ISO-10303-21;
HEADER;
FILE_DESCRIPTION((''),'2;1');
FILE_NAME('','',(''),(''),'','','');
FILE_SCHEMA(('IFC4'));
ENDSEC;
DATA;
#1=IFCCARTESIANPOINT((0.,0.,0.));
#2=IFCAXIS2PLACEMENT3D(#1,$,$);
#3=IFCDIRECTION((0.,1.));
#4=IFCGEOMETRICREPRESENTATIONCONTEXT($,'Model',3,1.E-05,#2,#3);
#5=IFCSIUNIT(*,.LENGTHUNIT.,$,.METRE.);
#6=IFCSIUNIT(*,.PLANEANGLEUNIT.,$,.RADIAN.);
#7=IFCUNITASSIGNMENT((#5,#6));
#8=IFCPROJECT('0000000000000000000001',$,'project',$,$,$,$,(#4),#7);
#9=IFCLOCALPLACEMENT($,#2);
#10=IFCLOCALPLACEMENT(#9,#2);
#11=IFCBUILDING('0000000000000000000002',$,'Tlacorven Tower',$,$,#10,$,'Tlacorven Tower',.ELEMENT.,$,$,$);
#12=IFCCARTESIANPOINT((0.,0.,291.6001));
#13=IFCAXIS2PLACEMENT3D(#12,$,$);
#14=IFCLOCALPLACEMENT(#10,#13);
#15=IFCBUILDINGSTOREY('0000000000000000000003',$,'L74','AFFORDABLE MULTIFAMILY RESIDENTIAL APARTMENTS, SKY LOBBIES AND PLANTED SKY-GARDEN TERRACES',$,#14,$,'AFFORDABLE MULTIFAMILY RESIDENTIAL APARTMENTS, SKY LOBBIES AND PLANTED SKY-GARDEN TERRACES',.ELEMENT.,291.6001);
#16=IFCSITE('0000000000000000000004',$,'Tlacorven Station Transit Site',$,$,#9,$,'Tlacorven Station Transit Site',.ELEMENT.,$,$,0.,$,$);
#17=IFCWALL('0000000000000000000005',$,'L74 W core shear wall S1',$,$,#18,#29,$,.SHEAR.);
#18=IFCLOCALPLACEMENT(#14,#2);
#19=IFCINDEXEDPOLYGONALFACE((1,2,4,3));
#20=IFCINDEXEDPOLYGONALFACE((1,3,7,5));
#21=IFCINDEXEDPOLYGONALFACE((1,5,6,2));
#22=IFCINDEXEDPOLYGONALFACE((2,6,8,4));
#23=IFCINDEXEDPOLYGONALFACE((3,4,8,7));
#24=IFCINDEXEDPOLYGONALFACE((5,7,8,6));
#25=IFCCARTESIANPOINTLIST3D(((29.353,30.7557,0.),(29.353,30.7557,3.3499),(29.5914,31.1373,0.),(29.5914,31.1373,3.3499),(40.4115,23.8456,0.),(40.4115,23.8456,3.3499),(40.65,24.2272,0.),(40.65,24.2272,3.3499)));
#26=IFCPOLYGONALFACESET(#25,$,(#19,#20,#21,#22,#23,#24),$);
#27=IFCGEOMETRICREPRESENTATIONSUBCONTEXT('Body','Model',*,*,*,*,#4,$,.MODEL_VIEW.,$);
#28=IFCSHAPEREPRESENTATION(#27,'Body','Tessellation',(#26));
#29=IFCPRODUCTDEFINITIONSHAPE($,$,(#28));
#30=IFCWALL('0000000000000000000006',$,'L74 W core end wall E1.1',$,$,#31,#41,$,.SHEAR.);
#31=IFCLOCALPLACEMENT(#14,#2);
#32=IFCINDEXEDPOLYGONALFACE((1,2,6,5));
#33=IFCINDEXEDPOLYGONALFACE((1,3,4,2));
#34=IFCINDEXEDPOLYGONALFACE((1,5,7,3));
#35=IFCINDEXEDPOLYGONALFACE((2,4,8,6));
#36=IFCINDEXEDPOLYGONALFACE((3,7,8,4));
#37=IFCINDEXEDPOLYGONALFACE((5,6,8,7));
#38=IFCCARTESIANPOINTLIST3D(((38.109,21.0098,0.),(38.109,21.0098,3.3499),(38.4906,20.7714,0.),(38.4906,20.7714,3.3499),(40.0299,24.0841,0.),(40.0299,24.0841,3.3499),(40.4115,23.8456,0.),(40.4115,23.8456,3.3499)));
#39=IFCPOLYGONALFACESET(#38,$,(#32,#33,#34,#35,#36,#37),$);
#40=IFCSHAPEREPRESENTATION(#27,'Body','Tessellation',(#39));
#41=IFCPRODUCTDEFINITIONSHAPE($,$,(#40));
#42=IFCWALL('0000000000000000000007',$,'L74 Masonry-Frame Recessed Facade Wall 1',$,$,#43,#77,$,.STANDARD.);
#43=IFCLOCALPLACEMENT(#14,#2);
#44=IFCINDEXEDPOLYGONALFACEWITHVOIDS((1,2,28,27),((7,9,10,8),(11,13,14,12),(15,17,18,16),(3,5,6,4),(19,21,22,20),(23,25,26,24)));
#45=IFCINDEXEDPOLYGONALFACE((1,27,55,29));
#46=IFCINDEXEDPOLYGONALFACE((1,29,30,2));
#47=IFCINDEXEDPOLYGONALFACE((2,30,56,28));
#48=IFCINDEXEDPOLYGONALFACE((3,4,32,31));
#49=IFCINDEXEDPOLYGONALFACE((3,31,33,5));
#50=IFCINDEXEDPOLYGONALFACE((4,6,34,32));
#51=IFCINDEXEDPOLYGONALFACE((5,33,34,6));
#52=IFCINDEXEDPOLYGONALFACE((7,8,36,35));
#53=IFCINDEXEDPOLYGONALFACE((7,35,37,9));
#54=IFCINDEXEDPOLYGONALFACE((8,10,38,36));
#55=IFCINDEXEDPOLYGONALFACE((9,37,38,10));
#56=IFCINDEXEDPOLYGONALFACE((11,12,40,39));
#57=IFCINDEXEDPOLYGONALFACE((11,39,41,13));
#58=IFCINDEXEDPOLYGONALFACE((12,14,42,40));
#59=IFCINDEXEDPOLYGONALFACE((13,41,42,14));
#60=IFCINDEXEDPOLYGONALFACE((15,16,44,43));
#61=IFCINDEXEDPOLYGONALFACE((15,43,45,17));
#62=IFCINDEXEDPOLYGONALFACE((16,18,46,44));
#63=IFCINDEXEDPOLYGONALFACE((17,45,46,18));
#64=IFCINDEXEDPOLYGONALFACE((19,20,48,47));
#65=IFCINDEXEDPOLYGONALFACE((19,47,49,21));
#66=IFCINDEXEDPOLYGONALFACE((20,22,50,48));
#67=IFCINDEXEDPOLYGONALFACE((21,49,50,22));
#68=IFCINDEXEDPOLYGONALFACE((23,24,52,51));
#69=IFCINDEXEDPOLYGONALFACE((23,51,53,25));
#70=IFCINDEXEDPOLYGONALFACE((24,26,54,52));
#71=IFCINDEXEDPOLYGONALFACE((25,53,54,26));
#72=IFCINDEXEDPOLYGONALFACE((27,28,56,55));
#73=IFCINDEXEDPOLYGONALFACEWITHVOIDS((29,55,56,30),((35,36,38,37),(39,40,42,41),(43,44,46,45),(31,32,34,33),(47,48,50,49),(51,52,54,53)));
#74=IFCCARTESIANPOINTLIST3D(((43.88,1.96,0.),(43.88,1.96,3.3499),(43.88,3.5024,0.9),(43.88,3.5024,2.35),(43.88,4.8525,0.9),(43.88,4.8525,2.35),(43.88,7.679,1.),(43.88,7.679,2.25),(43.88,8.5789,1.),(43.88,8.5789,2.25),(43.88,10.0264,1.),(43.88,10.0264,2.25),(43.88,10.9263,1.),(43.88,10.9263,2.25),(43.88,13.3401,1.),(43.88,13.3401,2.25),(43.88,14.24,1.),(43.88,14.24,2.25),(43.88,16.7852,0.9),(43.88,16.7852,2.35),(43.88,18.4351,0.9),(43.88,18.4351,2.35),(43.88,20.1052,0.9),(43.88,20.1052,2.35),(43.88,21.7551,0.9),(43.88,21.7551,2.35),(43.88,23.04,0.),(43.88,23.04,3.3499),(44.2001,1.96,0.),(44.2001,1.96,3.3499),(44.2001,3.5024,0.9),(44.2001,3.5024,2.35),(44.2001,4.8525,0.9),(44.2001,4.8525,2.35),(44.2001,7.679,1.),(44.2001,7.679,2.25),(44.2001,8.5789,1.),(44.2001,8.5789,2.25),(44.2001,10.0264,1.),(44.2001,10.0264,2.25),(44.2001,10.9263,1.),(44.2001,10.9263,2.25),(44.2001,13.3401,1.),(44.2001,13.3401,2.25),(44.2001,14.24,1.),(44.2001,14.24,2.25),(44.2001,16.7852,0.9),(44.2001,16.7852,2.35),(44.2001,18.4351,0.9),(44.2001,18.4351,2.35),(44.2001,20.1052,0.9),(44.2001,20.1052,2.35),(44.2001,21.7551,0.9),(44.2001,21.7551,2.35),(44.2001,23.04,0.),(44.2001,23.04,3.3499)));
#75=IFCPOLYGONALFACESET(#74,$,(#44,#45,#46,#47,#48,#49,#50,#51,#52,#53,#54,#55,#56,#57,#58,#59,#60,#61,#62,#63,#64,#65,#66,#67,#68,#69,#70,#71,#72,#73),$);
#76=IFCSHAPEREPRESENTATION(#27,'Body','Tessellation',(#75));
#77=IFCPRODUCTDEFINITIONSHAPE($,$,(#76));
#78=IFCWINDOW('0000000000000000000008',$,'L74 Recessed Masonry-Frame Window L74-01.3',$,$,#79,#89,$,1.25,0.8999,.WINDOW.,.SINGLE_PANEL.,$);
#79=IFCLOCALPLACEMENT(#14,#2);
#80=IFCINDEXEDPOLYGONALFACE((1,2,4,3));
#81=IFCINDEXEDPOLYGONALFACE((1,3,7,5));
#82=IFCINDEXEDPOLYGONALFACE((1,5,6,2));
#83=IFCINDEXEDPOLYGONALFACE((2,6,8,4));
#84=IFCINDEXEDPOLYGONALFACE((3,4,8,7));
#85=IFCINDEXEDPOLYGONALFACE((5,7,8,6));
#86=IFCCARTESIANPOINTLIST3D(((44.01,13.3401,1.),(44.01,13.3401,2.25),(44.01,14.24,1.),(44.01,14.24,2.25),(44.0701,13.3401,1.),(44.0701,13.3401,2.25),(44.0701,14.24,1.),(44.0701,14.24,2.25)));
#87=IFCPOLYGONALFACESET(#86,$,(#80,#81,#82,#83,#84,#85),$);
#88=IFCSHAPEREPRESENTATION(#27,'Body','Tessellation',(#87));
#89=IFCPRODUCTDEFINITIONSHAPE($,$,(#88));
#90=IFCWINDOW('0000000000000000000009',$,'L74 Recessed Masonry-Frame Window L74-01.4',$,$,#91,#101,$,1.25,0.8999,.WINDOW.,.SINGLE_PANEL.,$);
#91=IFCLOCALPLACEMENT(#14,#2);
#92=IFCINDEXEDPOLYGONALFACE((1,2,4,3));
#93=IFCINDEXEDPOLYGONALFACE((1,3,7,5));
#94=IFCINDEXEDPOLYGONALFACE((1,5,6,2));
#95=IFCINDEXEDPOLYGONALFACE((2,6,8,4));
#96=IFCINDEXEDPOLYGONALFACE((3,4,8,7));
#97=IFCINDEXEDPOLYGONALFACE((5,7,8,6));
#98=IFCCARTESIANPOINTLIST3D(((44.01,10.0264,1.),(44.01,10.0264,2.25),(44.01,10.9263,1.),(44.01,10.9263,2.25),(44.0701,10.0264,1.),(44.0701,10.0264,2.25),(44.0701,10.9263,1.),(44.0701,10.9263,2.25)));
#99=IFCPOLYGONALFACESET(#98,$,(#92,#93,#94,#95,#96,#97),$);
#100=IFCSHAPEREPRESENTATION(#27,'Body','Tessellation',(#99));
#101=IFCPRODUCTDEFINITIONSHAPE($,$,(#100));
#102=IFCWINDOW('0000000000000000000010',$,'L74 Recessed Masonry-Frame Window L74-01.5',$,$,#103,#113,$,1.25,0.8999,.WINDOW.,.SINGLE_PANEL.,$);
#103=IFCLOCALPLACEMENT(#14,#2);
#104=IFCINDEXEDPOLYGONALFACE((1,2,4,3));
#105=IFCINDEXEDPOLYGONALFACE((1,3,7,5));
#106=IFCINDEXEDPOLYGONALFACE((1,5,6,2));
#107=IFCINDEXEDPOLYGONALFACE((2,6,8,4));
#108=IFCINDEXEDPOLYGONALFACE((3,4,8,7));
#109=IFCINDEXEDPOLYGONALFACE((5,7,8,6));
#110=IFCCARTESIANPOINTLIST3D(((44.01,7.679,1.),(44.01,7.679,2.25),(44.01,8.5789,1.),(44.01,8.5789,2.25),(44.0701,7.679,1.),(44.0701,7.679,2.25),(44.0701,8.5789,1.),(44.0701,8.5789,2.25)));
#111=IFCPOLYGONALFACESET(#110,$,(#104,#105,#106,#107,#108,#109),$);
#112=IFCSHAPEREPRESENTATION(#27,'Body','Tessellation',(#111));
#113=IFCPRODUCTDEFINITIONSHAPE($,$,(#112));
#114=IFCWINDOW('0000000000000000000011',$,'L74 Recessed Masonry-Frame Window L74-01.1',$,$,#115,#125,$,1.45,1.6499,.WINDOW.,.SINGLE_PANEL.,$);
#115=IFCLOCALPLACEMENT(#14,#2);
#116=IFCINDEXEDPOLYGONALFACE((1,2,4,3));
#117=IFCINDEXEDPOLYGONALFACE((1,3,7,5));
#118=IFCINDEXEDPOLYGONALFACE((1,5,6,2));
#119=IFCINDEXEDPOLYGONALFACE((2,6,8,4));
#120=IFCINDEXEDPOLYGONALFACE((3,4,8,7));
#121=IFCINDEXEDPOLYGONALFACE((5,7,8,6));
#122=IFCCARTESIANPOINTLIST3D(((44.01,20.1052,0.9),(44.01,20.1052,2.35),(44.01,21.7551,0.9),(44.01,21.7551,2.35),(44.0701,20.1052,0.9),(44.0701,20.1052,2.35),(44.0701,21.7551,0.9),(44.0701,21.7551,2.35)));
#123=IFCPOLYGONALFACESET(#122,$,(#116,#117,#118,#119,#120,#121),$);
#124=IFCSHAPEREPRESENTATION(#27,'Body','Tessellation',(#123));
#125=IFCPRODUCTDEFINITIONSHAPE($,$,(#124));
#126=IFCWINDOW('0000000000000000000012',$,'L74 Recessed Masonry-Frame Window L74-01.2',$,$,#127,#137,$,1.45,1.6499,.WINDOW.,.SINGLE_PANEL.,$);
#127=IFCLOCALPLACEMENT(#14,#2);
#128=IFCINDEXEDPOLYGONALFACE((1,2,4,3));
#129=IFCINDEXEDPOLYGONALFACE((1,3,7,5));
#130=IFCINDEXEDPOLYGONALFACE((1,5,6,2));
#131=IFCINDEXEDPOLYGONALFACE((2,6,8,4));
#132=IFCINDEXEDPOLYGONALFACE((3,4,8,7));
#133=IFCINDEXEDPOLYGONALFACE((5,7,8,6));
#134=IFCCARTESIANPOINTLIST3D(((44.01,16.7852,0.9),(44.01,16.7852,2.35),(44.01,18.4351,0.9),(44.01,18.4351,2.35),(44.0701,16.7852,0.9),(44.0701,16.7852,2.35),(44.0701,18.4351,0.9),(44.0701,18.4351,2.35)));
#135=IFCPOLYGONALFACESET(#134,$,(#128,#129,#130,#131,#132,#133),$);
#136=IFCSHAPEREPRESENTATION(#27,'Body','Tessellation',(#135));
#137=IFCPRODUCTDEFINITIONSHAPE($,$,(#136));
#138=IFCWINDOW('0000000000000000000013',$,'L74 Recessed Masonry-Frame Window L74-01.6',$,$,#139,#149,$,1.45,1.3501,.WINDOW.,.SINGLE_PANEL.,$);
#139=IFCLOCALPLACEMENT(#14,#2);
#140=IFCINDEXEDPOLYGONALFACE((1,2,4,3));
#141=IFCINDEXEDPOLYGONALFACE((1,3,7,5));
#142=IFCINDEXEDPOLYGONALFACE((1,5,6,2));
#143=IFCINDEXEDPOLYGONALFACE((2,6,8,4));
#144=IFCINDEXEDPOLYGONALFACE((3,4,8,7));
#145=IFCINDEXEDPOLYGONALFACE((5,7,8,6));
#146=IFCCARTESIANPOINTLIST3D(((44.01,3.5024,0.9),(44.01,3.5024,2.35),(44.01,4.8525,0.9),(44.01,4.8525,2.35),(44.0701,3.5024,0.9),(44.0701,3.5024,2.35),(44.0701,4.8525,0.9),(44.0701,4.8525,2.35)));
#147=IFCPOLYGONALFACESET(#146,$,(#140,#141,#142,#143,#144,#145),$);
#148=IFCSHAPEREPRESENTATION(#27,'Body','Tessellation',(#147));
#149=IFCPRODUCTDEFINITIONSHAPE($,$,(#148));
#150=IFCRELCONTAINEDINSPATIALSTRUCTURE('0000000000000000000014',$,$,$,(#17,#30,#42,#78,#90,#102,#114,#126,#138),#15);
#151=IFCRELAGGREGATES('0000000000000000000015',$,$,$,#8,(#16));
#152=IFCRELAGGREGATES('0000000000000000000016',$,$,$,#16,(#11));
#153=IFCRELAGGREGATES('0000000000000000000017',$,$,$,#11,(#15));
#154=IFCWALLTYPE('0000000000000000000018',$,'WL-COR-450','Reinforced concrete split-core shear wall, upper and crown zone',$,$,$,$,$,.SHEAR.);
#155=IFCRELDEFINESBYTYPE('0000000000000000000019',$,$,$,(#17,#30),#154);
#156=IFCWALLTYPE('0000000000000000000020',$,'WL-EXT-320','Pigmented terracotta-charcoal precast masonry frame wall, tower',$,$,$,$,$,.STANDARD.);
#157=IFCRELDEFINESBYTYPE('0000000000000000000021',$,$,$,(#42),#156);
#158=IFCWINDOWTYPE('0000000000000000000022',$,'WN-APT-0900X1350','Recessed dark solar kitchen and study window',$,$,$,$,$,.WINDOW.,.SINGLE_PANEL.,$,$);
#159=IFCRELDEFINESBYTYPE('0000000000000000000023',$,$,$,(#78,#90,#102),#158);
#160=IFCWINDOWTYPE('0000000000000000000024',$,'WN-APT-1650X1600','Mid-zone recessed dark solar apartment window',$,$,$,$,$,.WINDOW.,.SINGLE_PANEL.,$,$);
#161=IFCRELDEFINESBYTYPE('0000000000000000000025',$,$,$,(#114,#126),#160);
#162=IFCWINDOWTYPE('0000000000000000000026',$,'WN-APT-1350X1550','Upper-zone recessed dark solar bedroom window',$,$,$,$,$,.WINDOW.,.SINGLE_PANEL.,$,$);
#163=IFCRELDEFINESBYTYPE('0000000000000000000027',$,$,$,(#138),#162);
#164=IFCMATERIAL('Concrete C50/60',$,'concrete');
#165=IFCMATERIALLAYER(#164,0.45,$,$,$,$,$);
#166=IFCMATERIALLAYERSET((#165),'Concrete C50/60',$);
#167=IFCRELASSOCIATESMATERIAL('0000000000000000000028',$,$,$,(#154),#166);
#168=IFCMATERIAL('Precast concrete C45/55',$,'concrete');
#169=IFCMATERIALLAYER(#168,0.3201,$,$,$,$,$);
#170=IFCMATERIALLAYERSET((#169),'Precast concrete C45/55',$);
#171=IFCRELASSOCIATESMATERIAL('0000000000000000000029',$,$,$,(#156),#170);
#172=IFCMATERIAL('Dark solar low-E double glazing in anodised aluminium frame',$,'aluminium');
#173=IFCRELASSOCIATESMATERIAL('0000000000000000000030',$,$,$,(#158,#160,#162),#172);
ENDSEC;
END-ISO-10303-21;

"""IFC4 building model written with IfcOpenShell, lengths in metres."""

from ifc_helpers import new_model, si_unit, direction, frame, frame_2d, origin, place, context, subcontext, project, spatial, rectangle, extrude, source, transform, mapped, material, layer, layer_set, type_object, element, fill, save


model = new_model("IFC4")

# Units and contexts
model_context = context("Model", 3, precision=1e-05, world=origin(), true_north=direction((0.0, 1.0)))
body_context = subcontext(model_context, "Body", "Model", "MODEL_VIEW")
ifc_project = project(units=[si_unit("LENGTHUNIT", "METRE"), si_unit("PLANEANGLEUNIT", "RADIAN")], contexts=[model_context])

# Site, building, storey
site_placement = place(None, origin())
site = spatial("IfcSite", under=ifc_project, at=site_placement, Name="Tlacorven Station Transit Site", LongName="Tlacorven Station Transit Site", CompositionType="ELEMENT", RefElevation=0.0)
building_placement = place(site_placement, origin())
building = spatial("IfcBuilding", under=site, at=building_placement, Name="Tlacorven Tower", LongName="Tlacorven Tower", CompositionType="ELEMENT")
storey_placement = place(building_placement, frame((0.0, 0.0, 291.6001)))
storey = spatial("IfcBuildingStorey", under=building, at=storey_placement, Name="L74", Description="AFFORDABLE MULTIFAMILY RESIDENTIAL APARTMENTS, SKY LOBBIES AND PLANTED SKY-GARDEN TERRACES", LongName="AFFORDABLE MULTIFAMILY RESIDENTIAL APARTMENTS, SKY LOBBIES AND PLANTED SKY-GARDEN TERRACES", CompositionType="ELEMENT", Elevation=291.6001)

# Walls
ifc_material_1 = material(Name="Concrete C50/60", Category="concrete")
ifc_layer_1 = layer(ifc_material_1, 0.45)
ifc_layer_set_1 = layer_set([ifc_layer_1], Name="Concrete C50/60")
wall_type_1 = type_object("IfcWallType", Name="WL-COR-450", Description="Reinforced concrete split-core shear wall, upper and crown zone", PredefinedType="SHEAR", material=ifc_layer_set_1)
wall_1_placement = place(storey_placement, frame((40.5308, 24.0364, 0.0), z_axis=(0.0, 0.0, 1.0), x_axis=(-0.848049, 0.529918, 0.0)))
element("IfcWall", 1, at=wall_1_placement, inside=storey, type_object=wall_type_1, Name="L74 W core shear wall S1", PredefinedType="SHEAR", context=body_context, shape_type="SweptSolid", body=[
    extrude(rectangle(XDim=13.04, YDim=0.45, at=frame_2d((6.52, 0.0))), origin(), (0.0, 0.0, 1.0), 3.3499),
])
wall_2_placement = place(storey_placement, frame((40.2207, 23.9648, 0.0), z_axis=(0.0, 0.0, 1.0), x_axis=(-0.529902, -0.848059, 0.0)))
element("IfcWall", 2, at=wall_2_placement, inside=storey, type_object=wall_type_1, Name="L74 W core end wall E1.1", PredefinedType="SHEAR", context=body_context, shape_type="SweptSolid", body=[
    extrude(rectangle(XDim=3.625, YDim=0.45, at=frame_2d((1.8125, 0.0))), origin(), (0.0, 0.0, 1.0), 3.3499),
])

# Wall, openings, windows
ifc_material_2 = material(Name="Precast concrete C45/55", Category="concrete")
ifc_layer_2 = layer(ifc_material_2, 0.3201)
ifc_layer_set_2 = layer_set([ifc_layer_2], Name="Precast concrete C45/55")
wall_type_2 = type_object("IfcWallType", Name="WL-EXT-320", Description="Pigmented terracotta-charcoal precast masonry frame wall, tower", PredefinedType="STANDARD", material=ifc_layer_set_2)
wall_3_placement = place(storey_placement, frame((44.04, 23.04, 0.0), z_axis=(0.0, 0.0, 1.0), x_axis=(0.0, -1.0, 0.0)))
wall_3 = element("IfcWall", 3, at=wall_3_placement, inside=storey, type_object=wall_type_2, Name="L74 Masonry-Frame Recessed Facade Wall 1", PredefinedType="STANDARD", context=body_context, shape_type="SweptSolid", body=[
    extrude(rectangle(XDim=21.0801, YDim=0.3201, at=frame_2d((10.54, 0.0))), origin(), (0.0, 0.0, 1.0), 3.3499),
])
opening_1_placement = place(wall_3_placement, frame((1.2849, 0.0, 0.8999)))
opening_1 = element("IfcOpeningElement", 4, at=opening_1_placement, cuts=wall_3, PredefinedType="OPENING", context=body_context, shape_type="SweptSolid", body=[
    extrude(rectangle(XDim=1.6499, YDim=1.45, at=frame_2d((0.825, 0.7251))), frame((0.0, 0.1699, 0.0), z_axis=(0.0, -1.0, 0.0), x_axis=(1.0, 0.0, 0.0)), (0.0, 0.0, 1.0), 0.3401),
])
opening_2_placement = place(wall_3_placement, frame((4.605, 0.0, 0.8999)))
opening_2 = element("IfcOpeningElement", 5, at=opening_2_placement, cuts=wall_3, PredefinedType="OPENING", context=body_context, shape_type="SweptSolid", body=[
    extrude(rectangle(XDim=1.6499, YDim=1.45, at=frame_2d((0.825, 0.7251))), frame((0.0, 0.1699, 0.0), z_axis=(0.0, -1.0, 0.0), x_axis=(1.0, 0.0, 0.0)), (0.0, 0.0, 1.0), 0.3401),
])
opening_3_placement = place(wall_3_placement, frame((8.8, 0.0, 1.0)))
opening_3 = element("IfcOpeningElement", 6, at=opening_3_placement, cuts=wall_3, PredefinedType="OPENING", context=body_context, shape_type="SweptSolid", body=[
    extrude(rectangle(XDim=0.8999, YDim=1.25, at=frame_2d((0.45, 0.625))), frame((0.0, 0.1699, 0.0), z_axis=(0.0, -1.0, 0.0), x_axis=(1.0, 0.0, 0.0)), (0.0, 0.0, 1.0), 0.3401),
])
opening_4_placement = place(wall_3_placement, frame((12.1138, 0.0, 1.0)))
opening_4 = element("IfcOpeningElement", 7, at=opening_4_placement, cuts=wall_3, PredefinedType="OPENING", context=body_context, shape_type="SweptSolid", body=[
    extrude(rectangle(XDim=0.8999, YDim=1.25, at=frame_2d((0.45, 0.625))), frame((0.0, 0.1699, 0.0), z_axis=(0.0, -1.0, 0.0), x_axis=(1.0, 0.0, 0.0)), (0.0, 0.0, 1.0), 0.3401),
])
opening_5_placement = place(wall_3_placement, frame((14.4612, 0.0, 1.0)))
opening_5 = element("IfcOpeningElement", 8, at=opening_5_placement, cuts=wall_3, PredefinedType="OPENING", context=body_context, shape_type="SweptSolid", body=[
    extrude(rectangle(XDim=0.8999, YDim=1.25, at=frame_2d((0.45, 0.625))), frame((0.0, 0.1699, 0.0), z_axis=(0.0, -1.0, 0.0), x_axis=(1.0, 0.0, 0.0)), (0.0, 0.0, 1.0), 0.3401),
])
opening_6_placement = place(wall_3_placement, frame((18.1875, 0.0, 0.8999)))
opening_6 = element("IfcOpeningElement", 9, at=opening_6_placement, cuts=wall_3, PredefinedType="OPENING", context=body_context, shape_type="SweptSolid", body=[
    extrude(rectangle(XDim=1.3501, YDim=1.45, at=frame_2d((0.675, 0.7251))), frame((0.0, 0.1699, 0.0), z_axis=(0.0, -1.0, 0.0), x_axis=(1.0, 0.0, 0.0)), (0.0, 0.0, 1.0), 0.3401),
])
ifc_material_3 = material(Name="Dark solar low-E double glazing in anodised aluminium frame", Category="aluminium")
window_type_1 = type_object("IfcWindowType", Name="WN-APT-0900X1350", Description="Recessed dark solar kitchen and study window", PartitioningType="SINGLE_PANEL", PredefinedType="WINDOW", material=ifc_material_3)
shared_shape_1 = source(origin(), body_context, "Body", "SweptSolid", [
    extrude(rectangle(XDim=0.8999, YDim=1.25, at=frame_2d((0.45, 0.625))), frame((0.0, 0.03, 0.0), z_axis=(0.0, -1.0, 0.0), x_axis=(1.0, 0.0, 0.0)), (0.0, 0.0, 1.0), 0.0601),
])
window_1_placement = place(opening_3_placement, origin())
window_1 = element("IfcWindow", 10, at=window_1_placement, inside=storey, type_object=window_type_1, Name="L74 Recessed Masonry-Frame Window L74-01.3", OverallHeight=1.25, OverallWidth=0.8999, PartitioningType="SINGLE_PANEL", PredefinedType="WINDOW", context=body_context, shape_type="MappedRepresentation", body=[
    mapped(shared_shape_1, transform((0.0, 0.0, 0.0), scale=1.0)),
])
fill(opening_3, window_1)
window_2_placement = place(opening_4_placement, origin())
window_2 = element("IfcWindow", 11, at=window_2_placement, inside=storey, type_object=window_type_1, Name="L74 Recessed Masonry-Frame Window L74-01.4", OverallHeight=1.25, OverallWidth=0.8999, PartitioningType="SINGLE_PANEL", PredefinedType="WINDOW", context=body_context, shape_type="MappedRepresentation", body=[
    mapped(shared_shape_1, transform((0.0, 0.0, 0.0), scale=1.0)),
])
fill(opening_4, window_2)
window_3_placement = place(opening_5_placement, origin())
window_3 = element("IfcWindow", 12, at=window_3_placement, inside=storey, type_object=window_type_1, Name="L74 Recessed Masonry-Frame Window L74-01.5", OverallHeight=1.25, OverallWidth=0.8999, PartitioningType="SINGLE_PANEL", PredefinedType="WINDOW", context=body_context, shape_type="MappedRepresentation", body=[
    mapped(shared_shape_1, transform((0.0, 0.0, 0.0), scale=1.0)),
])
fill(opening_5, window_3)
window_type_2 = type_object("IfcWindowType", Name="WN-APT-1650X1600", Description="Mid-zone recessed dark solar apartment window", PartitioningType="SINGLE_PANEL", PredefinedType="WINDOW", material=ifc_material_3)
shared_shape_2 = source(origin(), body_context, "Body", "SweptSolid", [
    extrude(rectangle(XDim=1.6499, YDim=1.45, at=frame_2d((0.825, 0.7251))), frame((0.0, 0.03, 0.0), z_axis=(0.0, -1.0, 0.0), x_axis=(1.0, 0.0, 0.0)), (0.0, 0.0, 1.0), 0.0601),
])
window_4_placement = place(opening_1_placement, origin())
window_4 = element("IfcWindow", 13, at=window_4_placement, inside=storey, type_object=window_type_2, Name="L74 Recessed Masonry-Frame Window L74-01.1", OverallHeight=1.45, OverallWidth=1.6499, PartitioningType="SINGLE_PANEL", PredefinedType="WINDOW", context=body_context, shape_type="MappedRepresentation", body=[
    mapped(shared_shape_2, transform((0.0, 0.0, 0.0), scale=1.0)),
])
fill(opening_1, window_4)
window_5_placement = place(opening_2_placement, origin())
window_5 = element("IfcWindow", 14, at=window_5_placement, inside=storey, type_object=window_type_2, Name="L74 Recessed Masonry-Frame Window L74-01.2", OverallHeight=1.45, OverallWidth=1.6499, PartitioningType="SINGLE_PANEL", PredefinedType="WINDOW", context=body_context, shape_type="MappedRepresentation", body=[
    mapped(shared_shape_2, transform((0.0, 0.0, 0.0), scale=1.0)),
])
fill(opening_2, window_5)
window_type_3 = type_object("IfcWindowType", Name="WN-APT-1350X1550", Description="Upper-zone recessed dark solar bedroom window", PartitioningType="SINGLE_PANEL", PredefinedType="WINDOW", material=ifc_material_3)
shared_shape_3 = source(origin(), body_context, "Body", "SweptSolid", [
    extrude(rectangle(XDim=1.3501, YDim=1.45, at=frame_2d((0.675, 0.7251))), frame((0.0, 0.03, 0.0), z_axis=(0.0, -1.0, 0.0), x_axis=(1.0, 0.0, 0.0)), (0.0, 0.0, 1.0), 0.0601),
])
window_6_placement = place(opening_6_placement, origin())
window_6 = element("IfcWindow", 15, at=window_6_placement, inside=storey, type_object=window_type_3, Name="L74 Recessed Masonry-Frame Window L74-01.6", OverallHeight=1.45, OverallWidth=1.3501, PartitioningType="SINGLE_PANEL", PredefinedType="WINDOW", context=body_context, shape_type="MappedRepresentation", body=[
    mapped(shared_shape_3, transform((0.0, 0.0, 0.0), scale=1.0)),
])
fill(opening_6, window_6)

save(model, "model.ifc")
